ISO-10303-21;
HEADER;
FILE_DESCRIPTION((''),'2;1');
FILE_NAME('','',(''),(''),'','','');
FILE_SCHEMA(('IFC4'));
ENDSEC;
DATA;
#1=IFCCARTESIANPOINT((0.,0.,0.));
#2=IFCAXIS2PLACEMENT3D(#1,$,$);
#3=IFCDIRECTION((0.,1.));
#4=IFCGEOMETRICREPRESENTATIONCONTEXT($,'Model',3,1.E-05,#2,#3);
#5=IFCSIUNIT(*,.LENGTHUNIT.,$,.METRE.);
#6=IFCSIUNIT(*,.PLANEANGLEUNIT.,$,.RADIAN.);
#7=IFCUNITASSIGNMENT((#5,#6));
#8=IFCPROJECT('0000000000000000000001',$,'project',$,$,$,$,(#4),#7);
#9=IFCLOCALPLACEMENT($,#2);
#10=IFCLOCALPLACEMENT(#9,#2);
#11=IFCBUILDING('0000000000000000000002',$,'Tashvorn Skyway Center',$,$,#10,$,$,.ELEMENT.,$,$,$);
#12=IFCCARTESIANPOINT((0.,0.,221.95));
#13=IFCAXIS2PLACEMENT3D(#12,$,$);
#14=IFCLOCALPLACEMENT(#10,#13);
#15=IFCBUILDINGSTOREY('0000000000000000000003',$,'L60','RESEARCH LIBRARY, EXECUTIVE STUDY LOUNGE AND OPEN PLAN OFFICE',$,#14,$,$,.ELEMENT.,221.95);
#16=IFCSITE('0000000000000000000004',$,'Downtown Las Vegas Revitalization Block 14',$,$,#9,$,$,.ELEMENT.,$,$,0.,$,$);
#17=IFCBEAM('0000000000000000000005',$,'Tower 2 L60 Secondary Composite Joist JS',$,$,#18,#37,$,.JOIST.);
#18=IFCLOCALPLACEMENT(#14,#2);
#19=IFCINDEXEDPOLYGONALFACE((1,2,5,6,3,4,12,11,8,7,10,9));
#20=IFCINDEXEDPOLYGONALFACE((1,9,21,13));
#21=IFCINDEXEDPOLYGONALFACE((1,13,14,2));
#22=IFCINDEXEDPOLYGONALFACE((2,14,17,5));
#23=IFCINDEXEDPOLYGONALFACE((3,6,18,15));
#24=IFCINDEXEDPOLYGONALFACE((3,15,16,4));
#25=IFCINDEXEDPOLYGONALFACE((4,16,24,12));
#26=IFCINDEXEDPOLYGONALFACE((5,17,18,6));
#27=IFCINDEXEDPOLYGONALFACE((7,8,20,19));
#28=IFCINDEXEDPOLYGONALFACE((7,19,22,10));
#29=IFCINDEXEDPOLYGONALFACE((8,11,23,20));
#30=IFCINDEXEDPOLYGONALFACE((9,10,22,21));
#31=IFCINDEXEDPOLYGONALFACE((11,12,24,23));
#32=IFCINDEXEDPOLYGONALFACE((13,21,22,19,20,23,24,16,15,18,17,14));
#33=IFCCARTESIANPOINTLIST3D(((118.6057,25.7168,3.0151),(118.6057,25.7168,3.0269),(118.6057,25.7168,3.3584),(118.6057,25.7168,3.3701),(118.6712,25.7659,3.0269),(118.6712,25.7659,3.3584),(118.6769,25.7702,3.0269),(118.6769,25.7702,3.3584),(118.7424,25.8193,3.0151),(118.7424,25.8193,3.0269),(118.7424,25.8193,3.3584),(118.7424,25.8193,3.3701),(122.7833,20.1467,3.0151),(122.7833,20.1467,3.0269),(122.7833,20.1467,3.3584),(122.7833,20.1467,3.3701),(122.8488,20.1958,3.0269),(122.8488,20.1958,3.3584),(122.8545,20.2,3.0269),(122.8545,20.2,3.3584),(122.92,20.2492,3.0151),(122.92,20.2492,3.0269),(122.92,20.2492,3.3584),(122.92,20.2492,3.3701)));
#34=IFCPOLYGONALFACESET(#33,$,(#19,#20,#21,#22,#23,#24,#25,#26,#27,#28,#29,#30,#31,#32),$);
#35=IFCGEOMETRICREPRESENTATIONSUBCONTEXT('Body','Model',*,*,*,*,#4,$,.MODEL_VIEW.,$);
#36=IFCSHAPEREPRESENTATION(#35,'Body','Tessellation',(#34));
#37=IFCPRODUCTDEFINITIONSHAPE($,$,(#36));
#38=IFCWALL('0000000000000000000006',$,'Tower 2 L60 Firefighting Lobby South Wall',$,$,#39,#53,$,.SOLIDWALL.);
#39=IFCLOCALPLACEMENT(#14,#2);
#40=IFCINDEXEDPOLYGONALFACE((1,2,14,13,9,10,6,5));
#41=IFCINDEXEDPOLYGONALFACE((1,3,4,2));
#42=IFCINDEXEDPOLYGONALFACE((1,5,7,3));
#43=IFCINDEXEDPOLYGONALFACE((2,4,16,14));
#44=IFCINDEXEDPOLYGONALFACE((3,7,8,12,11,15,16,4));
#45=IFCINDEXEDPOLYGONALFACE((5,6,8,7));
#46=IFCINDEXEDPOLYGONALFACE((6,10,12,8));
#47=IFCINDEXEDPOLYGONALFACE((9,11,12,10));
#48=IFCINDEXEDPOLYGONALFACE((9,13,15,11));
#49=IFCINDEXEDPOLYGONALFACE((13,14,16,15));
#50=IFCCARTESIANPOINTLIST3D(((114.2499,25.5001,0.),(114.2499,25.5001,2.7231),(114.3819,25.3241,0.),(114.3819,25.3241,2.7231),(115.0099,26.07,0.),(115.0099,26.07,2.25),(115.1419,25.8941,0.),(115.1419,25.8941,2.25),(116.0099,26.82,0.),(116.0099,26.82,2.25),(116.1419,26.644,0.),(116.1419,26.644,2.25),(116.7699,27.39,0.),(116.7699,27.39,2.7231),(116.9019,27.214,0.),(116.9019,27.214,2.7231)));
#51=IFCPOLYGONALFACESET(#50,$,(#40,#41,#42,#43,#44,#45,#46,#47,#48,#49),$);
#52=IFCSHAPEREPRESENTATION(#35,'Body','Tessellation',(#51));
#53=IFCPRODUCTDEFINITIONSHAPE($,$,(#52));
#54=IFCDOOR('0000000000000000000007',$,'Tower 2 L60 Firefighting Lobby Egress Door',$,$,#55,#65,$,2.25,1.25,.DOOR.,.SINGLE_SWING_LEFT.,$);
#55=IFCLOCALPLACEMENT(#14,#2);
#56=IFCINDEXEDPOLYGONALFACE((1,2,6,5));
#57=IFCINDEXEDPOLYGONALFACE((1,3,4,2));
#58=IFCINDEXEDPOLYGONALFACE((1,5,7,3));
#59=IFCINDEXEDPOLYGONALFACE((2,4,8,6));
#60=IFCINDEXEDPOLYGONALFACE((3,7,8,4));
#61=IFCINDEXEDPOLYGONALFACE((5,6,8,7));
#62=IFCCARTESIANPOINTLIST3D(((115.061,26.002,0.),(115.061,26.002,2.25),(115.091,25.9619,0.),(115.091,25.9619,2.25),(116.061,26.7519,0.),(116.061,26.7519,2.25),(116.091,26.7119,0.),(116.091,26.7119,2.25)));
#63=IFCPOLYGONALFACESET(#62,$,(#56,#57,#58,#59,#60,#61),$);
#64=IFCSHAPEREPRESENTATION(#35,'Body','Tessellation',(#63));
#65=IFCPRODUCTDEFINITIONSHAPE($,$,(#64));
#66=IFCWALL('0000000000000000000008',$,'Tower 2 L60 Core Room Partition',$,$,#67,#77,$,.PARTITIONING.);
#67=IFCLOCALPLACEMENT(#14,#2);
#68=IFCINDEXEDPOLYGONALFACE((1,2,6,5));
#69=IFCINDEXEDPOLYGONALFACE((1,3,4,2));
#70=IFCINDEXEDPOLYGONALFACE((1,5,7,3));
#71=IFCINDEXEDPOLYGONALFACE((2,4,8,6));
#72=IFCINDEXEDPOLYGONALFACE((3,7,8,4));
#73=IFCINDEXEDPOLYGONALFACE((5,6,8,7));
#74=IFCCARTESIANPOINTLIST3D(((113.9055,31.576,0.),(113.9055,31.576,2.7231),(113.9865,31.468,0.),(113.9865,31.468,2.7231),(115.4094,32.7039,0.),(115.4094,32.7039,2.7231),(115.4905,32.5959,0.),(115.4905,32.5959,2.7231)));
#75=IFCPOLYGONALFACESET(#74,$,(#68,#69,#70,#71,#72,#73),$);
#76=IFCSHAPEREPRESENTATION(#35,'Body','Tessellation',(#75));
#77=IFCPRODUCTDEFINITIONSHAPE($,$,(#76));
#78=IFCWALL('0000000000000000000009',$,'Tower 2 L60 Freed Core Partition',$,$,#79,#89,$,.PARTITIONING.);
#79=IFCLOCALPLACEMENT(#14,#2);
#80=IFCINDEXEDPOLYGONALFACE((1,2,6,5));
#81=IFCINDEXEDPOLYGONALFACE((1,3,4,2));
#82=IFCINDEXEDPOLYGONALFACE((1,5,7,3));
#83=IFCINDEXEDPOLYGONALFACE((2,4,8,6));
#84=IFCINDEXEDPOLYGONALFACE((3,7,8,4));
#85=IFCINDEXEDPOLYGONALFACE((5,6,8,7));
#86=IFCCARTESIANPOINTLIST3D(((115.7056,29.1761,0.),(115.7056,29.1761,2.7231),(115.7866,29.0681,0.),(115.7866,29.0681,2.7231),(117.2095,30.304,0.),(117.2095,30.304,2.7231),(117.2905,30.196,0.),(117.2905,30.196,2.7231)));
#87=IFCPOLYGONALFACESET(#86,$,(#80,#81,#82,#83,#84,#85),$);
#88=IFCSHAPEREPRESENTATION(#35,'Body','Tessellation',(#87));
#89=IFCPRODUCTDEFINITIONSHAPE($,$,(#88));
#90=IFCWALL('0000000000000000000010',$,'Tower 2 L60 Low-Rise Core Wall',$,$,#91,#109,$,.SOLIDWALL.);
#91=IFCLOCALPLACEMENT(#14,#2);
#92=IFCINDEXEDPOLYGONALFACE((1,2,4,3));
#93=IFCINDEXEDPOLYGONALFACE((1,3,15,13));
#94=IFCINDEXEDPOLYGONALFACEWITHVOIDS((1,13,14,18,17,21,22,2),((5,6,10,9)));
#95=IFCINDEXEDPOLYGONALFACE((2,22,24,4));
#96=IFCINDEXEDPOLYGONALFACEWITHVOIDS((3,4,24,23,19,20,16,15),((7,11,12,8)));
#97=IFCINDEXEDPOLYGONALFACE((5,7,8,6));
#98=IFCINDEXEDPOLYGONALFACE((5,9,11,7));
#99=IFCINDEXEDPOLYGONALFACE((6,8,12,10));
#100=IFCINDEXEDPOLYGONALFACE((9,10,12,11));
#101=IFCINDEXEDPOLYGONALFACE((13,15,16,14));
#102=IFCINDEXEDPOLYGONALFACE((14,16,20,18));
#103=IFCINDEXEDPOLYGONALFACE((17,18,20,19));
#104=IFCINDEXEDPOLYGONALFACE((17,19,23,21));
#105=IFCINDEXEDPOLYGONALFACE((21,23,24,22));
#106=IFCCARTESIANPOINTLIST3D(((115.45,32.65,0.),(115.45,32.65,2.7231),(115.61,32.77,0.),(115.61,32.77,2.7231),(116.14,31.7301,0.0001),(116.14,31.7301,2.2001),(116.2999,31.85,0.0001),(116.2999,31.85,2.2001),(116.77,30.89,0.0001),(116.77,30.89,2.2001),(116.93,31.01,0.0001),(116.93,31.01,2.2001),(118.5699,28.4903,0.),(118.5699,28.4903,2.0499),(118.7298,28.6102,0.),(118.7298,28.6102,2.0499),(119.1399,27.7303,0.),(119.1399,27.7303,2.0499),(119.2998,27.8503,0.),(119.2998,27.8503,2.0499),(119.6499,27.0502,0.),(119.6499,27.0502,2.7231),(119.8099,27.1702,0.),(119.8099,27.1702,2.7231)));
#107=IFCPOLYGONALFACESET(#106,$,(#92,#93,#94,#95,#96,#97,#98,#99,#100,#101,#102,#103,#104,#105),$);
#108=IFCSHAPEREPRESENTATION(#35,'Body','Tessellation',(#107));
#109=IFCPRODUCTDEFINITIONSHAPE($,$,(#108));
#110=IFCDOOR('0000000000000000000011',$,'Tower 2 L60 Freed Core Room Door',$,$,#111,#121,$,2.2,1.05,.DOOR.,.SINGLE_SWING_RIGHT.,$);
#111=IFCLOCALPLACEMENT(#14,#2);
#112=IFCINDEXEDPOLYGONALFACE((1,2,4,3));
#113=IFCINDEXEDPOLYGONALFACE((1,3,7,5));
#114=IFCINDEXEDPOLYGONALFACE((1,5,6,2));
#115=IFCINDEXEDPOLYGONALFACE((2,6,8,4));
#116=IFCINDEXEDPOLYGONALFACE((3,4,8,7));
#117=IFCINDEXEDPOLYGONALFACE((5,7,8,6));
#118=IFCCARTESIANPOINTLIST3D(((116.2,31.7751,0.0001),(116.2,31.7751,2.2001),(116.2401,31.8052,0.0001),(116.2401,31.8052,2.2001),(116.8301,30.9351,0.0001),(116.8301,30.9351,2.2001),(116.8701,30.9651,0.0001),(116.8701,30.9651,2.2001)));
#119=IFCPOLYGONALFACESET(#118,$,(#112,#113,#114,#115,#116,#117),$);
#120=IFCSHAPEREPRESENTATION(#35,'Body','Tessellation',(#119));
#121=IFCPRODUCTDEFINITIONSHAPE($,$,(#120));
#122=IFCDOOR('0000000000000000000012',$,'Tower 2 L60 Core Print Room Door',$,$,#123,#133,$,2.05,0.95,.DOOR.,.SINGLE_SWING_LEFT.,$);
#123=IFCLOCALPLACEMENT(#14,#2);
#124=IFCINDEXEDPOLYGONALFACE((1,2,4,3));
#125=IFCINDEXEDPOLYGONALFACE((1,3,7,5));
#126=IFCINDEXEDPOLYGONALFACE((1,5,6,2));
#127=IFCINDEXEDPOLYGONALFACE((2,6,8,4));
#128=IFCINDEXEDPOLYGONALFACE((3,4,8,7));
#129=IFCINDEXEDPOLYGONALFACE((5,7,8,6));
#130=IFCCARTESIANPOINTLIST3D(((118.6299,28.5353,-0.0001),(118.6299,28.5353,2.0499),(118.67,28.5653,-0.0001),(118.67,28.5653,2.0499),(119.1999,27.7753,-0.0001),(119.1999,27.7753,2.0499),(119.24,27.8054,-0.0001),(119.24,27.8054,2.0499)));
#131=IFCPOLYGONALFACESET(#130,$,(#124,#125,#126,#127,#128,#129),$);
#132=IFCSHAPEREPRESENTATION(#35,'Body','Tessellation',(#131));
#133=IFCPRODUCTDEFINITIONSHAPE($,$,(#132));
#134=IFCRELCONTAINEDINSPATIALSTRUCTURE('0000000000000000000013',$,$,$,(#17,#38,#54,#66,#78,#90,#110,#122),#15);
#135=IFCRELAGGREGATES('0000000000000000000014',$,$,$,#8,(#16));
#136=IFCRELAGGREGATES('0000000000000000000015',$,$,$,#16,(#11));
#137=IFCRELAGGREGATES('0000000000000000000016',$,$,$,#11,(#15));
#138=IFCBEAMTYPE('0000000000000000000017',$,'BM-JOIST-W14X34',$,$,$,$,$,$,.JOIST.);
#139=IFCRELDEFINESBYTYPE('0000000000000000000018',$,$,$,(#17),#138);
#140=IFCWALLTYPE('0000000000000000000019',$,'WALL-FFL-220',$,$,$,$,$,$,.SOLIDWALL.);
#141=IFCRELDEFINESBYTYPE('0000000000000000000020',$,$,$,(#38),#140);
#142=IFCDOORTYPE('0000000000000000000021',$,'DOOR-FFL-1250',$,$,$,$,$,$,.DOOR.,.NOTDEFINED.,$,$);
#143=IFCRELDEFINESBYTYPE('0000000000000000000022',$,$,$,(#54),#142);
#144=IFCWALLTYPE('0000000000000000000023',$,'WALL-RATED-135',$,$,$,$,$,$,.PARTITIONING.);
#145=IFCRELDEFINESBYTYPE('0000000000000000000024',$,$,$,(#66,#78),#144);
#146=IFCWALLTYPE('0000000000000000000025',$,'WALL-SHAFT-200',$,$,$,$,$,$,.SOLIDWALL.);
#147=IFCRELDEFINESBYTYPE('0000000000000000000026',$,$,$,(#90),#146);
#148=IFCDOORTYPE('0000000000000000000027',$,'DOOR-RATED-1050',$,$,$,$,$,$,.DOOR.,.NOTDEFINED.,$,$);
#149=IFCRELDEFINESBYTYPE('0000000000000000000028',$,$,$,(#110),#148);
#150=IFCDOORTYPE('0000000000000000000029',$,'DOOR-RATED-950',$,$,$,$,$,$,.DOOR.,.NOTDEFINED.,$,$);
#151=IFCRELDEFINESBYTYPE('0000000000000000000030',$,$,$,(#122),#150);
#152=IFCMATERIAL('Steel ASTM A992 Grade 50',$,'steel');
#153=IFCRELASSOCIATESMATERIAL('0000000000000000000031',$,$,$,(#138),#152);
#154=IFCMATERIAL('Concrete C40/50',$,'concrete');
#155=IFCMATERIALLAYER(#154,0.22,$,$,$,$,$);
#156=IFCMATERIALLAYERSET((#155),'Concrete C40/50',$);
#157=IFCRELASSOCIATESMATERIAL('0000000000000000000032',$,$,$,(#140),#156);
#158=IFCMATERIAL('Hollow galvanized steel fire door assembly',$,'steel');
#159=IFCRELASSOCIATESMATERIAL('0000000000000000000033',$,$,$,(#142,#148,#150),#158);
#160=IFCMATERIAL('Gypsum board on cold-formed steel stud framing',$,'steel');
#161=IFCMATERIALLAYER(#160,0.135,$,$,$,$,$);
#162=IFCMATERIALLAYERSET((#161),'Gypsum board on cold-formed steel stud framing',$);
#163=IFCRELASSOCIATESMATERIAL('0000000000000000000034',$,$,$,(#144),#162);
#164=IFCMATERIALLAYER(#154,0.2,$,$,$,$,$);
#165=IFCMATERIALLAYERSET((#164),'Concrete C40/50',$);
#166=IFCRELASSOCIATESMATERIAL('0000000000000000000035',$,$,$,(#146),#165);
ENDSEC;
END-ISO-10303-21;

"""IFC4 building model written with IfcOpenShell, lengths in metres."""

from ifc_helpers import new_model, si_unit, direction, frame, frame_2d, origin, origin_2d, place, context, subcontext, project, spatial, rectangle, i_section, extrude, material, layer, layer_set, material_profile, profile_set, type_object, element, fill, save


model = new_model("IFC4")

# Units and contexts
model_context = context("Model", 3, precision=1e-05, world=origin(), true_north=direction((0.0, 1.0)))
body_context = subcontext(model_context, "Body", "Model", "MODEL_VIEW")
ifc_project = project(units=[si_unit("LENGTHUNIT", "METRE"), si_unit("PLANEANGLEUNIT", "RADIAN")], contexts=[model_context])

# Site, building, storey
site_placement = place(None, origin())
site = spatial("IfcSite", under=ifc_project, at=site_placement, Name="Downtown Las Vegas Revitalization Block 14", CompositionType="ELEMENT", RefElevation=0.0)
building_placement = place(site_placement, origin())
building = spatial("IfcBuilding", under=site, at=building_placement, Name="Tashvorn Skyway Center", CompositionType="ELEMENT")
storey_placement = place(building_placement, frame((0.0, 0.0, 221.95)))
storey = spatial("IfcBuildingStorey", under=building, at=storey_placement, Name="L60", Description="RESEARCH LIBRARY, EXECUTIVE STUDY LOUNGE AND OPEN PLAN OFFICE", CompositionType="ELEMENT", Elevation=221.95)

# Beam
ifc_material_1 = material(Name="Steel ASTM A992 Grade 50", Category="steel")
ifc_material_profile = material_profile(ifc_material_1, i_section(OverallWidth=0.1709, OverallDepth=0.355, WebThickness=0.0071, FlangeThickness=0.0117, at=origin_2d()), Name="W14X34")
ifc_profile_set = profile_set([ifc_material_profile], Name="Steel ASTM A992 Grade 50")
beam_type = type_object("IfcBeamType", Name="BM-JOIST-W14X34", PredefinedType="JOIST", material=ifc_profile_set)
beam_placement = place(storey_placement, frame((118.6741, 25.7681, 3.1926), z_axis=(0.599994, -0.800004, 0.0), x_axis=(0.800004, 0.599994, 0.0)))
element("IfcBeam", 1, at=beam_placement, inside=storey, type_object=beam_type, Name="Tower 2 L60 Secondary Composite Joist JS", PredefinedType="JOIST", context=body_context, shape_type="SweptSolid", body=[
    extrude(i_section(OverallWidth=0.1709, OverallDepth=0.355, WebThickness=0.0071, FlangeThickness=0.0117, at=origin_2d()), origin(), (0.0, 0.0, 1.0), 6.9626),
])

# Wall, opening, door
ifc_material_2 = material(Name="Concrete C40/50", Category="concrete")
ifc_layer_1 = layer(ifc_material_2, 0.22)
ifc_layer_set_1 = layer_set([ifc_layer_1], Name="Concrete C40/50")
wall_type_1 = type_object("IfcWallType", Name="WALL-FFL-220", PredefinedType="SOLIDWALL", material=ifc_layer_set_1)
wall_1_placement = place(storey_placement, frame((114.3159, 25.4121, 0.0), z_axis=(0.0, 0.0, 1.0), x_axis=(0.800019, 0.599975, 0.0)))
wall_1 = element("IfcWall", 2, at=wall_1_placement, inside=storey, type_object=wall_type_1, Name="Tower 2 L60 Firefighting Lobby South Wall", PredefinedType="SOLIDWALL", context=body_context, shape_type="SweptSolid", body=[
    extrude(rectangle(XDim=3.1499, YDim=0.22, at=frame_2d((1.575, 0.0))), origin(), (0.0, 0.0, 1.0), 2.7231),
])
opening_1_placement = place(wall_1_placement, frame((0.95, 0.0, 0.0)))
opening_1 = element("IfcOpeningElement", 3, at=opening_1_placement, cuts=wall_1, PredefinedType="OPENING", context=body_context, shape_type="SweptSolid", body=[
    extrude(rectangle(XDim=1.25, YDim=2.25, at=frame_2d((0.625, 1.125))), frame((0.0, 0.1199, 0.0), z_axis=(0.0, -1.0, 0.0), x_axis=(1.0, 0.0, 0.0)), (0.0, 0.0, 1.0), 0.24),
])
ifc_material_3 = material(Name="Hollow galvanized steel fire door assembly", Category="steel")
door_type_1 = type_object("IfcDoorType", Name="DOOR-FFL-1250", OperationType="NOTDEFINED", PredefinedType="DOOR", material=ifc_material_3)
door_1_placement = place(opening_1_placement, origin())
door_1 = element("IfcDoor", 4, at=door_1_placement, inside=storey, type_object=door_type_1, Name="Tower 2 L60 Firefighting Lobby Egress Door", OperationType="SINGLE_SWING_LEFT", OverallHeight=2.25, OverallWidth=1.25, PredefinedType="DOOR", context=body_context, shape_type="SweptSolid", body=[
    extrude(rectangle(XDim=1.25, YDim=2.25, at=frame_2d((0.625, 1.125))), frame((0.0, 0.0249, 0.0), z_axis=(0.0, -1.0, 0.0), x_axis=(1.0, 0.0, 0.0)), (0.0, 0.0, 1.0), 0.05),
])
fill(opening_1, door_1)

# Walls
ifc_material_4 = material(Name="Gypsum board on cold-formed steel stud framing", Category="steel")
ifc_layer_2 = layer(ifc_material_4, 0.135)
ifc_layer_set_2 = layer_set([ifc_layer_2], Name="Gypsum board on cold-formed steel stud framing")
wall_type_2 = type_object("IfcWallType", Name="WALL-RATED-135", PredefinedType="PARTITIONING", material=ifc_layer_set_2)
for number, where, z_axis, x_axis, name in (
    (5, (113.946, 31.522, 0.0), (0.0, 0.0, 1.0), (0.8, 0.6, 0.0), "Tower 2 L60 Core Room Partition"),
    (6, (115.7461, 29.1221, 0.0), (0.0, 0.0, 1.0), (0.8, 0.6, 0.0), "Tower 2 L60 Freed Core Partition"),
):
    element("IfcWall", number, at=place(storey_placement, frame(where, z_axis=z_axis, x_axis=x_axis)), inside=storey, type_object=wall_type_2, Name=name, PredefinedType="PARTITIONING", context=body_context, shape_type="SweptSolid", body=[
        extrude(rectangle(XDim=1.8799, YDim=0.135, at=frame_2d((0.9399, 0.0))), origin(), (0.0, 0.0, 1.0), 2.7231),
    ])

# Wall, openings, doors
ifc_layer_3 = layer(ifc_material_2, 0.2)
ifc_layer_set_3 = layer_set([ifc_layer_3], Name="Concrete C40/50")
wall_type_3 = type_object("IfcWallType", Name="WALL-SHAFT-200", PredefinedType="SOLIDWALL", material=ifc_layer_set_3)
wall_2_placement = place(storey_placement, frame((119.73, 27.1101, 0.0), z_axis=(0.0, 0.0, 1.0), x_axis=(-0.600006, 0.799996, 0.0)))
wall_2 = element("IfcWall", 7, at=wall_2_placement, inside=storey, type_object=wall_type_3, Name="Tower 2 L60 Low-Rise Core Wall", PredefinedType="SOLIDWALL", context=body_context, shape_type="SweptSolid", body=[
    extrude(rectangle(XDim=6.9998, YDim=0.2, at=frame_2d((3.5, 0.0))), origin(), (0.0, 0.0, 1.0), 2.7231),
])
opening_2_placement = place(wall_2_placement, frame((0.8501, 0.0, 0.0)))
opening_2 = element("IfcOpeningElement", 8, at=opening_2_placement, cuts=wall_2, PredefinedType="OPENING", context=body_context, shape_type="SweptSolid", body=[
    extrude(rectangle(XDim=0.95, YDim=2.05, at=frame_2d((0.4751, 1.0249))), frame((0.0, 0.1099, 0.0), z_axis=(0.0, -1.0, 0.0), x_axis=(1.0, 0.0, 0.0)), (0.0, 0.0, 1.0), 0.22),
])
opening_3_placement = place(wall_2_placement, frame((4.8, 0.0, 0.0)))
opening_3 = element("IfcOpeningElement", 9, at=opening_3_placement, cuts=wall_2, PredefinedType="OPENING", context=body_context, shape_type="SweptSolid", body=[
    extrude(rectangle(XDim=1.05, YDim=2.2, at=frame_2d((0.5249, 1.1001))), frame((0.0, 0.1099, 0.0), z_axis=(0.0, -1.0, 0.0), x_axis=(1.0, 0.0, 0.0)), (0.0, 0.0, 1.0), 0.22),
])
door_type_2 = type_object("IfcDoorType", Name="DOOR-RATED-1050", OperationType="NOTDEFINED", PredefinedType="DOOR", material=ifc_material_3)
door_2_placement = place(opening_3_placement, origin())
door_2 = element("IfcDoor", 10, at=door_2_placement, inside=storey, type_object=door_type_2, Name="Tower 2 L60 Freed Core Room Door", OperationType="SINGLE_SWING_RIGHT", OverallHeight=2.2, OverallWidth=1.05, PredefinedType="DOOR", context=body_context, shape_type="SweptSolid", body=[
    extrude(rectangle(XDim=1.05, YDim=2.2, at=frame_2d((0.5249, 1.1001))), frame((0.0, 0.0249, 0.0), z_axis=(0.0, -1.0, 0.0), x_axis=(1.0, 0.0, 0.0)), (0.0, 0.0, 1.0), 0.05),
])
fill(opening_3, door_2)
door_type_3 = type_object("IfcDoorType", Name="DOOR-RATED-950", OperationType="NOTDEFINED", PredefinedType="DOOR", material=ifc_material_3)
door_3_placement = place(opening_2_placement, origin())
door_3 = element("IfcDoor", 11, at=door_3_placement, inside=storey, type_object=door_type_3, Name="Tower 2 L60 Core Print Room Door", OperationType="SINGLE_SWING_LEFT", OverallHeight=2.05, OverallWidth=0.95, PredefinedType="DOOR", context=body_context, shape_type="SweptSolid", body=[
    extrude(rectangle(XDim=0.95, YDim=2.05, at=frame_2d((0.4751, 1.0249))), frame((0.0, 0.0249, 0.0), z_axis=(0.0, -1.0, 0.0), x_axis=(1.0, 0.0, 0.0)), (0.0, 0.0, 1.0), 0.05),
])
fill(opening_2, door_3)

save(model, "model.ifc")
